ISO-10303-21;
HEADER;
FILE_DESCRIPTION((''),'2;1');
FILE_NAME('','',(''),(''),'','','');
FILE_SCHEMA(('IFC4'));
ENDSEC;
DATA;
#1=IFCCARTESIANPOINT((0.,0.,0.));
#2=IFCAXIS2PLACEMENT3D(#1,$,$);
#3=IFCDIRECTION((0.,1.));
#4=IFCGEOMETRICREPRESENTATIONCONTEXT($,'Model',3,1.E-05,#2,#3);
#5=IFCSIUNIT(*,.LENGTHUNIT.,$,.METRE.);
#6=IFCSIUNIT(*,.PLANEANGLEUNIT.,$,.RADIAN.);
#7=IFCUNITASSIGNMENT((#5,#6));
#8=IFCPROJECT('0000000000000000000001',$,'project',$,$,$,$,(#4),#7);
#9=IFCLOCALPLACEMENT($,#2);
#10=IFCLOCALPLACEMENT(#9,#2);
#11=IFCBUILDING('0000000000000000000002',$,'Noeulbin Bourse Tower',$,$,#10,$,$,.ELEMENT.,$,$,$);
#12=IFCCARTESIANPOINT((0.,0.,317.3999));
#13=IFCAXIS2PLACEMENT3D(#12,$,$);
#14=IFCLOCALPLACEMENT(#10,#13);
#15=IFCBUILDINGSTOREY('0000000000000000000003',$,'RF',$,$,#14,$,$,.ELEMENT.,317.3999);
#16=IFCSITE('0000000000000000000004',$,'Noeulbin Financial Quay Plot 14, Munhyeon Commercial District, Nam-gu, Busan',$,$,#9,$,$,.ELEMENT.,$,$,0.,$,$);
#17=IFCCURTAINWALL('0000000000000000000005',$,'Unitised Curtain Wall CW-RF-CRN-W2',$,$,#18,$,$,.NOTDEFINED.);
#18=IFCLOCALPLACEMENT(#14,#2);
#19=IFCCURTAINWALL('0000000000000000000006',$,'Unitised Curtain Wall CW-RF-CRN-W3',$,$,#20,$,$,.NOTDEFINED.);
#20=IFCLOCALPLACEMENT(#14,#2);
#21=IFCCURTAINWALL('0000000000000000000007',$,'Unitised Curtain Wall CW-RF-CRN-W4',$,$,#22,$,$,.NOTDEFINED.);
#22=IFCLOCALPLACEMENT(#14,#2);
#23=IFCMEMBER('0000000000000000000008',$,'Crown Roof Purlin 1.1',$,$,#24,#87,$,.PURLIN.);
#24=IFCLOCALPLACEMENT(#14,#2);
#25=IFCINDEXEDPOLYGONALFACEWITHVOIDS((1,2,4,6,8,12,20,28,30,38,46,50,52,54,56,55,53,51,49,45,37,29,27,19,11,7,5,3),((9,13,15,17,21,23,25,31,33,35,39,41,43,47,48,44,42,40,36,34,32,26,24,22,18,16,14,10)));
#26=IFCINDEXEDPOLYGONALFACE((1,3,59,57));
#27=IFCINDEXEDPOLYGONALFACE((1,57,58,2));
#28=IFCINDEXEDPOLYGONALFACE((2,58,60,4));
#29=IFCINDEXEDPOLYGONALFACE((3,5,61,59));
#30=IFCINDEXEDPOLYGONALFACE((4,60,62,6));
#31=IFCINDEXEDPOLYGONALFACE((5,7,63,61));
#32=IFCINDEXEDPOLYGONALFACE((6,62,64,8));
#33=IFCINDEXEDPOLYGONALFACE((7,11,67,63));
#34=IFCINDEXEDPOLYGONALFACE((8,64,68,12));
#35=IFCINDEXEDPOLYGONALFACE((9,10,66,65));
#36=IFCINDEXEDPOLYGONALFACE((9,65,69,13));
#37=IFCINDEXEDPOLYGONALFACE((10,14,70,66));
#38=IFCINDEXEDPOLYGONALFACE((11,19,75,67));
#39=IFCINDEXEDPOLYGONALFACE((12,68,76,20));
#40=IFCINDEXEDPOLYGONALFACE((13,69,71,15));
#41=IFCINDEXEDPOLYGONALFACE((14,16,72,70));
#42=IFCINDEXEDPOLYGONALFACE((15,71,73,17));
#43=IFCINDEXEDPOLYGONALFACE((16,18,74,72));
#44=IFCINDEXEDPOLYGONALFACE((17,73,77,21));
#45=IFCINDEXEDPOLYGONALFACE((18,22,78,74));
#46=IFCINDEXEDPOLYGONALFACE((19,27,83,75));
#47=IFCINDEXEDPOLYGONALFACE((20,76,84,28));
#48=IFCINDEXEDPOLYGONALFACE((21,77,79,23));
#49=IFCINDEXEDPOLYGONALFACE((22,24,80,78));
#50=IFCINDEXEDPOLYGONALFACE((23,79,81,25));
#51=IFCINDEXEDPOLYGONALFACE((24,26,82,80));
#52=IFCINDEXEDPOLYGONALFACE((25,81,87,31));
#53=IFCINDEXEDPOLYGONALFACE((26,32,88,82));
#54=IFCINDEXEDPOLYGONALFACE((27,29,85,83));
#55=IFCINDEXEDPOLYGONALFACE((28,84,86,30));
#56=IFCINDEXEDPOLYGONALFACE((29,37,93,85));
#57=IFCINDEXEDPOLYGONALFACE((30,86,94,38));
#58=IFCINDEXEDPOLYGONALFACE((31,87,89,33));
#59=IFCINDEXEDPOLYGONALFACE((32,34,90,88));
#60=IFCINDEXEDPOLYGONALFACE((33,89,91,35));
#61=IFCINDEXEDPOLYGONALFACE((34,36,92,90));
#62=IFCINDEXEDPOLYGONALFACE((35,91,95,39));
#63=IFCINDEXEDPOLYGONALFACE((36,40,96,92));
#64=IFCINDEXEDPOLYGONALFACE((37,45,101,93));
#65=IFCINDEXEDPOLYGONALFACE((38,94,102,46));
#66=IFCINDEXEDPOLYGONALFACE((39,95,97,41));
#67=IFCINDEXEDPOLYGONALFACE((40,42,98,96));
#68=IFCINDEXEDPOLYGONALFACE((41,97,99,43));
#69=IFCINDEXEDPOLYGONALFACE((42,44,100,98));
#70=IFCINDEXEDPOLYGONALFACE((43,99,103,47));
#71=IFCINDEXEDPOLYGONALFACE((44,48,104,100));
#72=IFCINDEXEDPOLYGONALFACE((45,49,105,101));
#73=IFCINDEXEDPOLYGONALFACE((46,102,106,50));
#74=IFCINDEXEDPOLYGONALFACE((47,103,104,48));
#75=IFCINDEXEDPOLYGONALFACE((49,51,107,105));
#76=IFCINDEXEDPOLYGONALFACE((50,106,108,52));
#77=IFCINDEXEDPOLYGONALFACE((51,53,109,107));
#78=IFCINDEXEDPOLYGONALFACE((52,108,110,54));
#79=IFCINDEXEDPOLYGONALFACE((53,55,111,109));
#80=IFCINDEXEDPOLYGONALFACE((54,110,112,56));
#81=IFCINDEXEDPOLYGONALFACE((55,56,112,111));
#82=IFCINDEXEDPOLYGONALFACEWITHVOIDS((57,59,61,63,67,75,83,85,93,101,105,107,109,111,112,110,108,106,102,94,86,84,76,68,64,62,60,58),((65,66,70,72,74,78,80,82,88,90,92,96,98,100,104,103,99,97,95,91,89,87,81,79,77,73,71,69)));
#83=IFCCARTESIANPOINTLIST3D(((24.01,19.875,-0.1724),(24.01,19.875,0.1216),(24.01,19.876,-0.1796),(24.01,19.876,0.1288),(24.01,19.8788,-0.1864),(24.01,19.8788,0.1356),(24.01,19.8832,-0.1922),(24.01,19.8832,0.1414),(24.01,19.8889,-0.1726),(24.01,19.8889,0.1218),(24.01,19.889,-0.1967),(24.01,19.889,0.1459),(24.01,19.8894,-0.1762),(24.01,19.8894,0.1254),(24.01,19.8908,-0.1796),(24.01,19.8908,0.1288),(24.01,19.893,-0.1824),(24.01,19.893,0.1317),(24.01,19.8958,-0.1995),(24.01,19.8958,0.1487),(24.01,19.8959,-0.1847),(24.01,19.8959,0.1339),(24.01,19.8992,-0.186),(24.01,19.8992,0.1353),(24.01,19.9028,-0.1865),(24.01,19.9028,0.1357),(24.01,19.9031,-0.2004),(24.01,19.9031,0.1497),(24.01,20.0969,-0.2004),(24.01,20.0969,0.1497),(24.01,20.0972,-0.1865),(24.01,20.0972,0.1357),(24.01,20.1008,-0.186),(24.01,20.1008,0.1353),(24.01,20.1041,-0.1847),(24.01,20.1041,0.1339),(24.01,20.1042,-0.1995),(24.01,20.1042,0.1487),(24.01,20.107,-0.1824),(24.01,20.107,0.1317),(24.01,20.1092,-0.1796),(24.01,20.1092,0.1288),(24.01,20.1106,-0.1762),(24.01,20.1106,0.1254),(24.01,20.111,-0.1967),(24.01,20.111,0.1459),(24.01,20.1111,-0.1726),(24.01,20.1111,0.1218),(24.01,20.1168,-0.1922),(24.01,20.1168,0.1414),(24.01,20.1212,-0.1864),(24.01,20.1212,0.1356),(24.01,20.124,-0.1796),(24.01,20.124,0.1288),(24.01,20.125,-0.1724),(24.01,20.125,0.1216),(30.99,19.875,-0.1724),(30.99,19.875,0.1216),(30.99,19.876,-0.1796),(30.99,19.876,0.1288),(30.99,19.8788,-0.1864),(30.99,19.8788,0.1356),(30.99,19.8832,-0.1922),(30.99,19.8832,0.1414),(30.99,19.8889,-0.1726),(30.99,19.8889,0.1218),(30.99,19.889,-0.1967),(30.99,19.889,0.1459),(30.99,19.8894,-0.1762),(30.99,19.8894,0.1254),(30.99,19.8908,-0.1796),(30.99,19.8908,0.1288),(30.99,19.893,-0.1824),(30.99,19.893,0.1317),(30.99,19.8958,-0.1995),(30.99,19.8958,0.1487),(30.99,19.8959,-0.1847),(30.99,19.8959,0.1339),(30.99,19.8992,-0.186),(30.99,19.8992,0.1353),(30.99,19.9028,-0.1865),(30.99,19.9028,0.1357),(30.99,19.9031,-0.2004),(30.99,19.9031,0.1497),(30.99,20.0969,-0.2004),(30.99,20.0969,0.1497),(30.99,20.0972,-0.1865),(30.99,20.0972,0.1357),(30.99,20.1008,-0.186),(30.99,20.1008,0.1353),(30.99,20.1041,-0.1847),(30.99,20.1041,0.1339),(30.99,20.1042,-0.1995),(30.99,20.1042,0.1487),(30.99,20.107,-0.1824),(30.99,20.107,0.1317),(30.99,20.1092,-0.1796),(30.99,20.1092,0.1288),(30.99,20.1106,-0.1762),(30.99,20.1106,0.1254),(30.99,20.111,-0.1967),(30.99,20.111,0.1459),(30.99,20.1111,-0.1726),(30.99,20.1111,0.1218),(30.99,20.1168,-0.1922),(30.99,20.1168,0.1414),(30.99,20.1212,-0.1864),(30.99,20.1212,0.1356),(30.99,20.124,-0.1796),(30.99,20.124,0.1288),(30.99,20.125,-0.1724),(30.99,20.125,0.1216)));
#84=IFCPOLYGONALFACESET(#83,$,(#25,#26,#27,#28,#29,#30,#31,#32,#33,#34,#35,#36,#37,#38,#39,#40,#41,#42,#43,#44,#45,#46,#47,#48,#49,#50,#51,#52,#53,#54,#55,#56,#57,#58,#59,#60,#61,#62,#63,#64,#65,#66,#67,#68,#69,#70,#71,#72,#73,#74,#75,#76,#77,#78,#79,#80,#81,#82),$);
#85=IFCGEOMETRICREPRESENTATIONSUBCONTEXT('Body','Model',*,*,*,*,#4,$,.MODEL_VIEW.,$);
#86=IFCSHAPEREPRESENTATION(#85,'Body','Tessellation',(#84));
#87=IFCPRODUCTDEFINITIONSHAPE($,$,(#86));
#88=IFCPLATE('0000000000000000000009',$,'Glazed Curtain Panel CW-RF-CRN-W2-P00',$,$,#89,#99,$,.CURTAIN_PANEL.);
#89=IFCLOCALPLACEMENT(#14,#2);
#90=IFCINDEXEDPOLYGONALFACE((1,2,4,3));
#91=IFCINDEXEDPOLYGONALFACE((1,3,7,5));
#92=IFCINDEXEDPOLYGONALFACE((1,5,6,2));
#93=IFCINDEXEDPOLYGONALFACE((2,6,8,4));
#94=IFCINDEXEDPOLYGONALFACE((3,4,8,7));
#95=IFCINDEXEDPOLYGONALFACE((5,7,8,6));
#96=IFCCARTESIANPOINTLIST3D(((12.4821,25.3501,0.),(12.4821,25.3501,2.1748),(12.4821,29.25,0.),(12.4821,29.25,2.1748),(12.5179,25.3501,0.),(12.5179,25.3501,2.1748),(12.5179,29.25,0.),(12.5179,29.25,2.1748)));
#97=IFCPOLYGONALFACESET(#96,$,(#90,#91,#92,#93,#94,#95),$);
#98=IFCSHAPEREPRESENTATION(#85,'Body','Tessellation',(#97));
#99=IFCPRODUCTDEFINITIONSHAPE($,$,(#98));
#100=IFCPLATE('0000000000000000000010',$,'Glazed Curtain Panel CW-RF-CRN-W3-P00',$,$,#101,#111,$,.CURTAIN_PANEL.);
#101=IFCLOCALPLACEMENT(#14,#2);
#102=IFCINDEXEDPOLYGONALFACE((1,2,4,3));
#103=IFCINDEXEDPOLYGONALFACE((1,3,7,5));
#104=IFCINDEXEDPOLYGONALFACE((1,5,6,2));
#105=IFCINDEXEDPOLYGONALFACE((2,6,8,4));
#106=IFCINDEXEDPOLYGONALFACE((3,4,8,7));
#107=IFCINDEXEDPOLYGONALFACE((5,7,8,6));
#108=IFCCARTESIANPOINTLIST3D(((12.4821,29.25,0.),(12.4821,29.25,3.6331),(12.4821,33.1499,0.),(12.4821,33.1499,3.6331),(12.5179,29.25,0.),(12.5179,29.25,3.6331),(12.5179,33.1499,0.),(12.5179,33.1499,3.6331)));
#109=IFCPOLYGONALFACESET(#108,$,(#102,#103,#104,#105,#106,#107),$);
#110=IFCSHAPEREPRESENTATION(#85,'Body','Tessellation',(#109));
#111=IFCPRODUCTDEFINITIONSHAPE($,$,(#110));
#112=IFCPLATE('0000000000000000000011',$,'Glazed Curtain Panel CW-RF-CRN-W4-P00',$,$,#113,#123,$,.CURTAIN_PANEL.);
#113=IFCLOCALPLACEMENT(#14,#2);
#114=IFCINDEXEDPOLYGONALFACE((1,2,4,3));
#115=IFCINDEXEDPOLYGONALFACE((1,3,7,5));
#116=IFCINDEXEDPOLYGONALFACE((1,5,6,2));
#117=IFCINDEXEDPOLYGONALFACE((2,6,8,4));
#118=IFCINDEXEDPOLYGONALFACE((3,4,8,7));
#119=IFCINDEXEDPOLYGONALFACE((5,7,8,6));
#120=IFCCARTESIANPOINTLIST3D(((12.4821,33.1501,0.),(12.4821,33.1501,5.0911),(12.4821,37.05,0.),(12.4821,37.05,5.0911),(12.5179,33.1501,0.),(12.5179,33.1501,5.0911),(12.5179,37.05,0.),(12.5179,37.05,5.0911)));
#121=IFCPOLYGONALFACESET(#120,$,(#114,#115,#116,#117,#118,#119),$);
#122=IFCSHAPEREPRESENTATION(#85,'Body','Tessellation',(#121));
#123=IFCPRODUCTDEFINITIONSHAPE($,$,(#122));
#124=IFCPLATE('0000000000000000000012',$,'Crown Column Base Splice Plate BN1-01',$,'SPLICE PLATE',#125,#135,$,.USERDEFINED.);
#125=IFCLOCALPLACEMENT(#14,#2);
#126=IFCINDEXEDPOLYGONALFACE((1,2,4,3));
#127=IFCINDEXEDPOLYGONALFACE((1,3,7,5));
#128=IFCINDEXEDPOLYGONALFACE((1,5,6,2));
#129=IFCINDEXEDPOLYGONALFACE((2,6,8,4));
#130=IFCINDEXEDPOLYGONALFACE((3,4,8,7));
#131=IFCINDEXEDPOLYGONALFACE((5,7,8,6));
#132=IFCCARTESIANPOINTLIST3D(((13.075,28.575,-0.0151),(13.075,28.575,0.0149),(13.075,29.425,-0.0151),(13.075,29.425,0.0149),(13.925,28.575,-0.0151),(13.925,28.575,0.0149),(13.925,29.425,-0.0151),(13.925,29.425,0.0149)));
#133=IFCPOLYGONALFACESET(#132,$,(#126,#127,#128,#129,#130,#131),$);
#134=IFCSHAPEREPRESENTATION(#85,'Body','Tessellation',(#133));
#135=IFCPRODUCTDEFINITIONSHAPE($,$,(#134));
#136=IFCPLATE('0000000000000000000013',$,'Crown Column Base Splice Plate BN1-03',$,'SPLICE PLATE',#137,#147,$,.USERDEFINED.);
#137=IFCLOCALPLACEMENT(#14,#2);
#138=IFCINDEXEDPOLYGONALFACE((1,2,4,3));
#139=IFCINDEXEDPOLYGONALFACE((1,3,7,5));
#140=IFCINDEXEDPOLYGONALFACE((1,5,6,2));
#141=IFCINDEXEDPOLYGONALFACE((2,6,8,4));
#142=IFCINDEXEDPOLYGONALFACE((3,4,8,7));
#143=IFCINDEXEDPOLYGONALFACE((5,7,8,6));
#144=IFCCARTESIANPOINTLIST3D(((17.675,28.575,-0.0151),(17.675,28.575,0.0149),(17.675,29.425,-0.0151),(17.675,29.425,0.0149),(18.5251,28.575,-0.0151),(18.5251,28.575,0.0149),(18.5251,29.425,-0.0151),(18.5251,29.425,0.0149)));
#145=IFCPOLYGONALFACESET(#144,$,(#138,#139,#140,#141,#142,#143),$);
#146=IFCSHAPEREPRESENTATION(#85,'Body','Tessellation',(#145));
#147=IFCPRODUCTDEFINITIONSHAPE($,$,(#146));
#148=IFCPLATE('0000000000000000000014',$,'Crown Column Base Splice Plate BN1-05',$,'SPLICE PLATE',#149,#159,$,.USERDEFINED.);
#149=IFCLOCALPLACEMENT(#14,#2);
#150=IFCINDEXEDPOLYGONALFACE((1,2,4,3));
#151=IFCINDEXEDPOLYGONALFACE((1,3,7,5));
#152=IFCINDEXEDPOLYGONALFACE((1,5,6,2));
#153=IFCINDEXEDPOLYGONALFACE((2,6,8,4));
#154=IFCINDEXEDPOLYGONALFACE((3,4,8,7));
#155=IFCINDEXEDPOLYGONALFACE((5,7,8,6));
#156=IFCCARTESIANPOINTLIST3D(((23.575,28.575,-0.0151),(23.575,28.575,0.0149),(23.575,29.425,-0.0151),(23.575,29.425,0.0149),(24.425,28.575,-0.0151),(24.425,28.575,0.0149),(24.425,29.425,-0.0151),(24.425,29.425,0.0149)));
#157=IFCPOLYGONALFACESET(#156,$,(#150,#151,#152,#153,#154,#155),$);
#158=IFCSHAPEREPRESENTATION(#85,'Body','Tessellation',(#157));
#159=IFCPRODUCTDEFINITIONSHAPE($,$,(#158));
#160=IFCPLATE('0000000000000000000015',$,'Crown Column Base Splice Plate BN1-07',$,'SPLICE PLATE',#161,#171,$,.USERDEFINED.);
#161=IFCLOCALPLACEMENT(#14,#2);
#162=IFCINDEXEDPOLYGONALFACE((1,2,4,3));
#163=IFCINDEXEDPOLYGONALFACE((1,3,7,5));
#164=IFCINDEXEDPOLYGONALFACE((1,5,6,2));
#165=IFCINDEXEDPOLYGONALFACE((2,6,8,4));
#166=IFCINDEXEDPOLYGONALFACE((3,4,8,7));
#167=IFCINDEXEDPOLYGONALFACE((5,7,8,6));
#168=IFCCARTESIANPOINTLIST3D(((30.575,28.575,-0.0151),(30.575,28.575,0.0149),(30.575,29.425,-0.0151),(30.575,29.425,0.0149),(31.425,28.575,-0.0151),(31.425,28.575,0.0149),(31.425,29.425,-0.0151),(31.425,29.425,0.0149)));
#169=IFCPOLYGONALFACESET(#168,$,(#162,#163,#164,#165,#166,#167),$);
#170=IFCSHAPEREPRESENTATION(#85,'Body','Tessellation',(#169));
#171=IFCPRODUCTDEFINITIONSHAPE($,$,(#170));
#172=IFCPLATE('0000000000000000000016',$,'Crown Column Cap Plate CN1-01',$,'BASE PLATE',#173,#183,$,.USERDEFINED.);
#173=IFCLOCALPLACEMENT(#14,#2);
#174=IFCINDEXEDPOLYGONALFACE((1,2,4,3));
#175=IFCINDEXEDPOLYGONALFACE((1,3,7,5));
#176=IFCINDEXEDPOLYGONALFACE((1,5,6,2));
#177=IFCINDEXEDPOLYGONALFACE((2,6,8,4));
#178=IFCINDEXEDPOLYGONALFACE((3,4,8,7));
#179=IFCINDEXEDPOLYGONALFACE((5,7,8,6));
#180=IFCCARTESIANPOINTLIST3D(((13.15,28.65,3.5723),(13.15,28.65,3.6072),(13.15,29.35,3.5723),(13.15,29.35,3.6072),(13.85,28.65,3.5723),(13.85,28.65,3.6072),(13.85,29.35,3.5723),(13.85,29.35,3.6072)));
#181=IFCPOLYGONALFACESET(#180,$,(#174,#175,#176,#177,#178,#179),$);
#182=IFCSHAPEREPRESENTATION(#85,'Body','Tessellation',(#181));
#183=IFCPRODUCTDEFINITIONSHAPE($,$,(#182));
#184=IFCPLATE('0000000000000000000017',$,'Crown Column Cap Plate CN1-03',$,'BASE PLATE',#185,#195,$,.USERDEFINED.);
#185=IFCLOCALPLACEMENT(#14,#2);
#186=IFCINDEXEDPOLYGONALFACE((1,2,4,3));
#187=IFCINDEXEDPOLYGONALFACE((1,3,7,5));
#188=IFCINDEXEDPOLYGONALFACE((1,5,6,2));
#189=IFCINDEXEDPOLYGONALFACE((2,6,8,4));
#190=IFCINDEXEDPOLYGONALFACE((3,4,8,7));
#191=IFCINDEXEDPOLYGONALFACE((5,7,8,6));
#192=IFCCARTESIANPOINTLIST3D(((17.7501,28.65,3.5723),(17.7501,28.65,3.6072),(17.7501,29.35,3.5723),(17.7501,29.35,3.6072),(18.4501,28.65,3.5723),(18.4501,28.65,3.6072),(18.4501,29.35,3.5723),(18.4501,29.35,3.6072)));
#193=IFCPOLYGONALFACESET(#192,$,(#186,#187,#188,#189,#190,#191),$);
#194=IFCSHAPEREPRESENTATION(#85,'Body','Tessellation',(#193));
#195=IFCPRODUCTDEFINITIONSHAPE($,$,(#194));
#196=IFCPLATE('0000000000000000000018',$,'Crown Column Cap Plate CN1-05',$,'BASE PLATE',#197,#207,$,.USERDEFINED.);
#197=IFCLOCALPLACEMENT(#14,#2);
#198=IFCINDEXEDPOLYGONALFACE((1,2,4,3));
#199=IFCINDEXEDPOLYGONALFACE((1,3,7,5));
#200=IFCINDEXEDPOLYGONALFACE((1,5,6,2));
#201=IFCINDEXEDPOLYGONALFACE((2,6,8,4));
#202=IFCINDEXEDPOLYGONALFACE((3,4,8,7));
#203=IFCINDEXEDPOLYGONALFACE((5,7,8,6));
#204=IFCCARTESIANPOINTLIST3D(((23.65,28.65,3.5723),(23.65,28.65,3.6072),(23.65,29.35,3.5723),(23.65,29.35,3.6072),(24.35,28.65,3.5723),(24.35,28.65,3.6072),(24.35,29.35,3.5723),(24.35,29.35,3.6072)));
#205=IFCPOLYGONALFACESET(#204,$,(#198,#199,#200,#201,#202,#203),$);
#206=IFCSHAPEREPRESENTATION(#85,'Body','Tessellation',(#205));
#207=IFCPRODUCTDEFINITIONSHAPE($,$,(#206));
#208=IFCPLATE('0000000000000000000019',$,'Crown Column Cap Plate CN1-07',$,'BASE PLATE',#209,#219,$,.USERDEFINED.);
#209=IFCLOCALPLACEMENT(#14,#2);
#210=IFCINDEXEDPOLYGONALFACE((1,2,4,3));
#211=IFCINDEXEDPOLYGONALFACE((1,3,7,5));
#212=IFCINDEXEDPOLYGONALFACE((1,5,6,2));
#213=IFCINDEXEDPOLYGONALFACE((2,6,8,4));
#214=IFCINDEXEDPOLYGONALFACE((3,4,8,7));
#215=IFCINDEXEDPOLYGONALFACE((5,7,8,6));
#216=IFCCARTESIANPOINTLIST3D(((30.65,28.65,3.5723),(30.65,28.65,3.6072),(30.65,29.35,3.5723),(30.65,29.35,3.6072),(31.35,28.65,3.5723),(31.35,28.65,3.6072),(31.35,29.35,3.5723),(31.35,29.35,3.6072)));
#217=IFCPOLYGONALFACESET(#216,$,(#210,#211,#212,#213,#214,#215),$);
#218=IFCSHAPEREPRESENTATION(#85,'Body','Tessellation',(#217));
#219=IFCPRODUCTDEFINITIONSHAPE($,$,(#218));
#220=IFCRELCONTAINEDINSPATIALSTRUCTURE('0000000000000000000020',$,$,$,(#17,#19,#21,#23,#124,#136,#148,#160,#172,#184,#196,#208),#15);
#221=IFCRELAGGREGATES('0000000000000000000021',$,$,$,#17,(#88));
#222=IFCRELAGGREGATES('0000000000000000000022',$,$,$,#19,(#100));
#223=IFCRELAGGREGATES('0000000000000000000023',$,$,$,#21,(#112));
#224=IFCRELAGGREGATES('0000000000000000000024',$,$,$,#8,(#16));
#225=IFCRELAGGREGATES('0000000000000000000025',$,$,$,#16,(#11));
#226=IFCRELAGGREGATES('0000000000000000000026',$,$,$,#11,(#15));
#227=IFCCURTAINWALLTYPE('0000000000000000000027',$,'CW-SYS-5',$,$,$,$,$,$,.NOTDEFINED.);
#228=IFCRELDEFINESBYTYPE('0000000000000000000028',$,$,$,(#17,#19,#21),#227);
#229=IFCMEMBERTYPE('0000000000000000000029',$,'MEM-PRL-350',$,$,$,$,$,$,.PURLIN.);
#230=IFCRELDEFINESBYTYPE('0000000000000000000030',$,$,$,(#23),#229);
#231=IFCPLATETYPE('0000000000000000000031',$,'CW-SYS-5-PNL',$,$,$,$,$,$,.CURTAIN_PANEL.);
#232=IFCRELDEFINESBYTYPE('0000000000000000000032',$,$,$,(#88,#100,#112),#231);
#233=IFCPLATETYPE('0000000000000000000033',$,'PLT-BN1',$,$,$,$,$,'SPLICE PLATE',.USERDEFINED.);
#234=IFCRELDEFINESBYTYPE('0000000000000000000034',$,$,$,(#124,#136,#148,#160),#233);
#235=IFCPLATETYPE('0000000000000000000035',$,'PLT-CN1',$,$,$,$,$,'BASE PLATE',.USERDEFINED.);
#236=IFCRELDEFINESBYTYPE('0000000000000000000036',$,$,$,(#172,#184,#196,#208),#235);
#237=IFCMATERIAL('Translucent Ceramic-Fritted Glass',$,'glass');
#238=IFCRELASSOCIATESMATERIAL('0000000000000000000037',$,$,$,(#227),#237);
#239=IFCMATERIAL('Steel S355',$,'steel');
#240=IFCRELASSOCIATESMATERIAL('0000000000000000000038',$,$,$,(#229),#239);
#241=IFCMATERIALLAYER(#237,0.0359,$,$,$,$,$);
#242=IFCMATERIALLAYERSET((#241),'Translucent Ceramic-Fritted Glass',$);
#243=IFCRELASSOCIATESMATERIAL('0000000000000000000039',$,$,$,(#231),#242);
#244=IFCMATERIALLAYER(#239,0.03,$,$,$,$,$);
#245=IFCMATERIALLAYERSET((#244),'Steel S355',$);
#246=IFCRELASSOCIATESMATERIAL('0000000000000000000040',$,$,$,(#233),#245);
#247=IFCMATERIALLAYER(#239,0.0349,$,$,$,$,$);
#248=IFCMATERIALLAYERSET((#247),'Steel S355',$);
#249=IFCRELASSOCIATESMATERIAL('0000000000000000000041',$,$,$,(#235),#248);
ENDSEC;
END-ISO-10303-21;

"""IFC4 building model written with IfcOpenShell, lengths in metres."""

from ifc_helpers import new_model, si_unit, direction, frame, origin, origin_2d, place, context, subcontext, project, spatial, rectangle, hollow_rectangle, extrude, material, layer, layer_set, material_profile, profile_set, type_object, element, aggregate, save


model = new_model("IFC4")

# Units and contexts
model_context = context("Model", 3, precision=1e-05, world=origin(), true_north=direction((0.0, 1.0)))
body_context = subcontext(model_context, "Body", "Model", "MODEL_VIEW")
ifc_project = project(units=[si_unit("LENGTHUNIT", "METRE"), si_unit("PLANEANGLEUNIT", "RADIAN")], contexts=[model_context])

# Site, building, storey
site_placement = place(None, origin())
site = spatial("IfcSite", under=ifc_project, at=site_placement, Name="Noeulbin Financial Quay Plot 14, Munhyeon Commercial District, Nam-gu, Busan", CompositionType="ELEMENT", RefElevation=0.0)
building_placement = place(site_placement, origin())
building = spatial("IfcBuilding", under=site, at=building_placement, Name="Noeulbin Bourse Tower", CompositionType="ELEMENT")
storey_placement = place(building_placement, frame((0.0, 0.0, 317.3999)))
storey = spatial("IfcBuildingStorey", under=building, at=storey_placement, Name="RF", CompositionType="ELEMENT", Elevation=317.3999)

# Shared definitions
ifc_material_1 = material(Name="Steel S355", Category="steel")

# Curtain walls
ifc_material_2 = material(Name="Translucent Ceramic-Fritted Glass", Category="glass")
curtain_wall_type = type_object("IfcCurtainWallType", Name="CW-SYS-5", PredefinedType="NOTDEFINED", material=ifc_material_2)
curtain_wall_1_placement = place(storey_placement, origin())
curtain_wall_1 = element("IfcCurtainWall", 1, at=curtain_wall_1_placement, inside=storey, type_object=curtain_wall_type, Name="Unitised Curtain Wall CW-RF-CRN-W2", PredefinedType="NOTDEFINED")
curtain_wall_2_placement = place(storey_placement, origin())
curtain_wall_2 = element("IfcCurtainWall", 2, at=curtain_wall_2_placement, inside=storey, type_object=curtain_wall_type, Name="Unitised Curtain Wall CW-RF-CRN-W3", PredefinedType="NOTDEFINED")
curtain_wall_3_placement = place(storey_placement, origin())
curtain_wall_3 = element("IfcCurtainWall", 3, at=curtain_wall_3_placement, inside=storey, type_object=curtain_wall_type, Name="Unitised Curtain Wall CW-RF-CRN-W4", PredefinedType="NOTDEFINED")

# Member
ifc_material_profile_1 = material_profile(ifc_material_1, hollow_rectangle(XDim=0.25, YDim=0.3501, WallThickness=0.0139, InnerFilletRadius=0.0139, OuterFilletRadius=0.0281, at=origin_2d()), Name="RHS-350x250x14", Category="LoadBearing")
ifc_profile_set_1 = profile_set([ifc_material_profile_1], Name="Steel S355")
member_type_1 = type_object("IfcMemberType", Name="MEM-PRL-350", PredefinedType="PURLIN", material=ifc_profile_set_1)
member_1_placement = place(storey_placement, frame((24.01, 20.0, -0.0254), z_axis=(1.0, 0.0, 0.0), x_axis=(0.0, 1.0, 0.0)))
element("IfcMember", 4, at=member_1_placement, inside=storey, type_object=member_type_1, Name="Crown Roof Purlin 1.1", PredefinedType="PURLIN", context=body_context, shape_type="SweptSolid", body=[
    extrude(hollow_rectangle(XDim=0.25, YDim=0.3501, WallThickness=0.0139, InnerFilletRadius=0.0139, OuterFilletRadius=0.0281, at=origin_2d()), origin(), (0.0, 0.0, 1.0), 6.98),
])

# Plates
ifc_layer_1 = layer(ifc_material_2, 0.0359)
ifc_layer_set_1 = layer_set([ifc_layer_1], Name="Translucent Ceramic-Fritted Glass")
plate_type_1 = type_object("IfcPlateType", Name="CW-SYS-5-PNL", PredefinedType="CURTAIN_PANEL", material=ifc_layer_set_1)
plate_1_placement = place(storey_placement, frame((12.5, 27.3, 0.0), z_axis=(0.0, 0.0, 1.0), x_axis=(0.0, 1.0, 0.0)))
plate_1 = element("IfcPlate", 5, at=plate_1_placement, type_object=plate_type_1, Name="Glazed Curtain Panel CW-RF-CRN-W2-P00", PredefinedType="CURTAIN_PANEL", context=body_context, shape_type="SweptSolid", body=[
    extrude(rectangle(XDim=3.8999, YDim=0.0359, at=origin_2d()), origin(), (0.0, 0.0, 1.0), 2.1748),
])
aggregate(curtain_wall_1, [plate_1])
plate_2_placement = place(storey_placement, frame((12.5, 31.2, 0.0), z_axis=(0.0, 0.0, 1.0), x_axis=(0.0, 1.0, 0.0)))
plate_2 = element("IfcPlate", 6, at=plate_2_placement, type_object=plate_type_1, Name="Glazed Curtain Panel CW-RF-CRN-W3-P00", PredefinedType="CURTAIN_PANEL", context=body_context, shape_type="SweptSolid", body=[
    extrude(rectangle(XDim=3.8999, YDim=0.0359, at=origin_2d()), origin(), (0.0, 0.0, 1.0), 3.6331),
])
aggregate(curtain_wall_2, [plate_2])
plate_3_placement = place(storey_placement, frame((12.5, 35.1001, 0.0), z_axis=(0.0, 0.0, 1.0), x_axis=(0.0, 1.0, 0.0)))
plate_3 = element("IfcPlate", 7, at=plate_3_placement, type_object=plate_type_1, Name="Glazed Curtain Panel CW-RF-CRN-W4-P00", PredefinedType="CURTAIN_PANEL", context=body_context, shape_type="SweptSolid", body=[
    extrude(rectangle(XDim=3.8999, YDim=0.0359, at=origin_2d()), origin(), (0.0, 0.0, 1.0), 5.0911),
])
aggregate(curtain_wall_3, [plate_3])

# Plates
ifc_layer_2 = layer(ifc_material_1, 0.03)
ifc_layer_set_2 = layer_set([ifc_layer_2], Name="Steel S355")
plate_type_2 = type_object("IfcPlateType", Name="PLT-BN1", ElementType="SPLICE PLATE", PredefinedType="USERDEFINED", material=ifc_layer_set_2)
for number, where, z_axis, x_axis, name in (
    (8, (13.5, 29.0, -0.0151), (0.0, 0.0, 1.0), (1.0, 0.0, 0.0), "Crown Column Base Splice Plate BN1-01"),
    (9, (18.1001, 29.0, -0.0151), (0.0, 0.0, 1.0), (1.0, 0.0, 0.0), "Crown Column Base Splice Plate BN1-03"),
    (10, (24.0, 29.0, -0.0151), (0.0, 0.0, 1.0), (1.0, 0.0, 0.0), "Crown Column Base Splice Plate BN1-05"),
    (11, (31.0, 29.0, -0.0151), (0.0, 0.0, 1.0), (1.0, 0.0, 0.0), "Crown Column Base Splice Plate BN1-07"),
):
    element("IfcPlate", number, at=place(storey_placement, frame(where, z_axis=z_axis, x_axis=x_axis)), inside=storey, type_object=plate_type_2, Name=name, ObjectType="SPLICE PLATE", PredefinedType="USERDEFINED", context=body_context, shape_type="SweptSolid", body=[
        extrude(rectangle(XDim=0.8501, YDim=0.8501, at=origin_2d()), origin(), (0.0, 0.0, 1.0), 0.03),
    ])
ifc_layer_3 = layer(ifc_material_1, 0.0349)
ifc_layer_set_3 = layer_set([ifc_layer_3], Name="Steel S355")
plate_type_3 = type_object("IfcPlateType", Name="PLT-CN1", ElementType="BASE PLATE", PredefinedType="USERDEFINED", material=ifc_layer_set_3)
for number, where, z_axis, x_axis, name in (
    (12, (13.5, 29.0, 3.5723), (0.0, 0.0, 1.0), (1.0, 0.0, 0.0), "Crown Column Cap Plate CN1-01"),
    (13, (18.1001, 29.0, 3.5723), (0.0, 0.0, 1.0), (1.0, 0.0, 0.0), "Crown Column Cap Plate CN1-03"),
    (14, (24.0, 29.0, 3.5723), (0.0, 0.0, 1.0), (1.0, 0.0, 0.0), "Crown Column Cap Plate CN1-05"),
    (15, (31.0, 29.0, 3.5723), (0.0, 0.0, 1.0), (1.0, 0.0, 0.0), "Crown Column Cap Plate CN1-07"),
):
    element("IfcPlate", number, at=place(storey_placement, frame(where, z_axis=z_axis, x_axis=x_axis)), inside=storey, type_object=plate_type_3, Name=name, ObjectType="BASE PLATE", PredefinedType="USERDEFINED", context=body_context, shape_type="SweptSolid", body=[
        extrude(rectangle(XDim=0.7, YDim=0.7, at=origin_2d()), origin(), (0.0, 0.0, 1.0), 0.0349),
    ])

save(model, "model.ifc")
